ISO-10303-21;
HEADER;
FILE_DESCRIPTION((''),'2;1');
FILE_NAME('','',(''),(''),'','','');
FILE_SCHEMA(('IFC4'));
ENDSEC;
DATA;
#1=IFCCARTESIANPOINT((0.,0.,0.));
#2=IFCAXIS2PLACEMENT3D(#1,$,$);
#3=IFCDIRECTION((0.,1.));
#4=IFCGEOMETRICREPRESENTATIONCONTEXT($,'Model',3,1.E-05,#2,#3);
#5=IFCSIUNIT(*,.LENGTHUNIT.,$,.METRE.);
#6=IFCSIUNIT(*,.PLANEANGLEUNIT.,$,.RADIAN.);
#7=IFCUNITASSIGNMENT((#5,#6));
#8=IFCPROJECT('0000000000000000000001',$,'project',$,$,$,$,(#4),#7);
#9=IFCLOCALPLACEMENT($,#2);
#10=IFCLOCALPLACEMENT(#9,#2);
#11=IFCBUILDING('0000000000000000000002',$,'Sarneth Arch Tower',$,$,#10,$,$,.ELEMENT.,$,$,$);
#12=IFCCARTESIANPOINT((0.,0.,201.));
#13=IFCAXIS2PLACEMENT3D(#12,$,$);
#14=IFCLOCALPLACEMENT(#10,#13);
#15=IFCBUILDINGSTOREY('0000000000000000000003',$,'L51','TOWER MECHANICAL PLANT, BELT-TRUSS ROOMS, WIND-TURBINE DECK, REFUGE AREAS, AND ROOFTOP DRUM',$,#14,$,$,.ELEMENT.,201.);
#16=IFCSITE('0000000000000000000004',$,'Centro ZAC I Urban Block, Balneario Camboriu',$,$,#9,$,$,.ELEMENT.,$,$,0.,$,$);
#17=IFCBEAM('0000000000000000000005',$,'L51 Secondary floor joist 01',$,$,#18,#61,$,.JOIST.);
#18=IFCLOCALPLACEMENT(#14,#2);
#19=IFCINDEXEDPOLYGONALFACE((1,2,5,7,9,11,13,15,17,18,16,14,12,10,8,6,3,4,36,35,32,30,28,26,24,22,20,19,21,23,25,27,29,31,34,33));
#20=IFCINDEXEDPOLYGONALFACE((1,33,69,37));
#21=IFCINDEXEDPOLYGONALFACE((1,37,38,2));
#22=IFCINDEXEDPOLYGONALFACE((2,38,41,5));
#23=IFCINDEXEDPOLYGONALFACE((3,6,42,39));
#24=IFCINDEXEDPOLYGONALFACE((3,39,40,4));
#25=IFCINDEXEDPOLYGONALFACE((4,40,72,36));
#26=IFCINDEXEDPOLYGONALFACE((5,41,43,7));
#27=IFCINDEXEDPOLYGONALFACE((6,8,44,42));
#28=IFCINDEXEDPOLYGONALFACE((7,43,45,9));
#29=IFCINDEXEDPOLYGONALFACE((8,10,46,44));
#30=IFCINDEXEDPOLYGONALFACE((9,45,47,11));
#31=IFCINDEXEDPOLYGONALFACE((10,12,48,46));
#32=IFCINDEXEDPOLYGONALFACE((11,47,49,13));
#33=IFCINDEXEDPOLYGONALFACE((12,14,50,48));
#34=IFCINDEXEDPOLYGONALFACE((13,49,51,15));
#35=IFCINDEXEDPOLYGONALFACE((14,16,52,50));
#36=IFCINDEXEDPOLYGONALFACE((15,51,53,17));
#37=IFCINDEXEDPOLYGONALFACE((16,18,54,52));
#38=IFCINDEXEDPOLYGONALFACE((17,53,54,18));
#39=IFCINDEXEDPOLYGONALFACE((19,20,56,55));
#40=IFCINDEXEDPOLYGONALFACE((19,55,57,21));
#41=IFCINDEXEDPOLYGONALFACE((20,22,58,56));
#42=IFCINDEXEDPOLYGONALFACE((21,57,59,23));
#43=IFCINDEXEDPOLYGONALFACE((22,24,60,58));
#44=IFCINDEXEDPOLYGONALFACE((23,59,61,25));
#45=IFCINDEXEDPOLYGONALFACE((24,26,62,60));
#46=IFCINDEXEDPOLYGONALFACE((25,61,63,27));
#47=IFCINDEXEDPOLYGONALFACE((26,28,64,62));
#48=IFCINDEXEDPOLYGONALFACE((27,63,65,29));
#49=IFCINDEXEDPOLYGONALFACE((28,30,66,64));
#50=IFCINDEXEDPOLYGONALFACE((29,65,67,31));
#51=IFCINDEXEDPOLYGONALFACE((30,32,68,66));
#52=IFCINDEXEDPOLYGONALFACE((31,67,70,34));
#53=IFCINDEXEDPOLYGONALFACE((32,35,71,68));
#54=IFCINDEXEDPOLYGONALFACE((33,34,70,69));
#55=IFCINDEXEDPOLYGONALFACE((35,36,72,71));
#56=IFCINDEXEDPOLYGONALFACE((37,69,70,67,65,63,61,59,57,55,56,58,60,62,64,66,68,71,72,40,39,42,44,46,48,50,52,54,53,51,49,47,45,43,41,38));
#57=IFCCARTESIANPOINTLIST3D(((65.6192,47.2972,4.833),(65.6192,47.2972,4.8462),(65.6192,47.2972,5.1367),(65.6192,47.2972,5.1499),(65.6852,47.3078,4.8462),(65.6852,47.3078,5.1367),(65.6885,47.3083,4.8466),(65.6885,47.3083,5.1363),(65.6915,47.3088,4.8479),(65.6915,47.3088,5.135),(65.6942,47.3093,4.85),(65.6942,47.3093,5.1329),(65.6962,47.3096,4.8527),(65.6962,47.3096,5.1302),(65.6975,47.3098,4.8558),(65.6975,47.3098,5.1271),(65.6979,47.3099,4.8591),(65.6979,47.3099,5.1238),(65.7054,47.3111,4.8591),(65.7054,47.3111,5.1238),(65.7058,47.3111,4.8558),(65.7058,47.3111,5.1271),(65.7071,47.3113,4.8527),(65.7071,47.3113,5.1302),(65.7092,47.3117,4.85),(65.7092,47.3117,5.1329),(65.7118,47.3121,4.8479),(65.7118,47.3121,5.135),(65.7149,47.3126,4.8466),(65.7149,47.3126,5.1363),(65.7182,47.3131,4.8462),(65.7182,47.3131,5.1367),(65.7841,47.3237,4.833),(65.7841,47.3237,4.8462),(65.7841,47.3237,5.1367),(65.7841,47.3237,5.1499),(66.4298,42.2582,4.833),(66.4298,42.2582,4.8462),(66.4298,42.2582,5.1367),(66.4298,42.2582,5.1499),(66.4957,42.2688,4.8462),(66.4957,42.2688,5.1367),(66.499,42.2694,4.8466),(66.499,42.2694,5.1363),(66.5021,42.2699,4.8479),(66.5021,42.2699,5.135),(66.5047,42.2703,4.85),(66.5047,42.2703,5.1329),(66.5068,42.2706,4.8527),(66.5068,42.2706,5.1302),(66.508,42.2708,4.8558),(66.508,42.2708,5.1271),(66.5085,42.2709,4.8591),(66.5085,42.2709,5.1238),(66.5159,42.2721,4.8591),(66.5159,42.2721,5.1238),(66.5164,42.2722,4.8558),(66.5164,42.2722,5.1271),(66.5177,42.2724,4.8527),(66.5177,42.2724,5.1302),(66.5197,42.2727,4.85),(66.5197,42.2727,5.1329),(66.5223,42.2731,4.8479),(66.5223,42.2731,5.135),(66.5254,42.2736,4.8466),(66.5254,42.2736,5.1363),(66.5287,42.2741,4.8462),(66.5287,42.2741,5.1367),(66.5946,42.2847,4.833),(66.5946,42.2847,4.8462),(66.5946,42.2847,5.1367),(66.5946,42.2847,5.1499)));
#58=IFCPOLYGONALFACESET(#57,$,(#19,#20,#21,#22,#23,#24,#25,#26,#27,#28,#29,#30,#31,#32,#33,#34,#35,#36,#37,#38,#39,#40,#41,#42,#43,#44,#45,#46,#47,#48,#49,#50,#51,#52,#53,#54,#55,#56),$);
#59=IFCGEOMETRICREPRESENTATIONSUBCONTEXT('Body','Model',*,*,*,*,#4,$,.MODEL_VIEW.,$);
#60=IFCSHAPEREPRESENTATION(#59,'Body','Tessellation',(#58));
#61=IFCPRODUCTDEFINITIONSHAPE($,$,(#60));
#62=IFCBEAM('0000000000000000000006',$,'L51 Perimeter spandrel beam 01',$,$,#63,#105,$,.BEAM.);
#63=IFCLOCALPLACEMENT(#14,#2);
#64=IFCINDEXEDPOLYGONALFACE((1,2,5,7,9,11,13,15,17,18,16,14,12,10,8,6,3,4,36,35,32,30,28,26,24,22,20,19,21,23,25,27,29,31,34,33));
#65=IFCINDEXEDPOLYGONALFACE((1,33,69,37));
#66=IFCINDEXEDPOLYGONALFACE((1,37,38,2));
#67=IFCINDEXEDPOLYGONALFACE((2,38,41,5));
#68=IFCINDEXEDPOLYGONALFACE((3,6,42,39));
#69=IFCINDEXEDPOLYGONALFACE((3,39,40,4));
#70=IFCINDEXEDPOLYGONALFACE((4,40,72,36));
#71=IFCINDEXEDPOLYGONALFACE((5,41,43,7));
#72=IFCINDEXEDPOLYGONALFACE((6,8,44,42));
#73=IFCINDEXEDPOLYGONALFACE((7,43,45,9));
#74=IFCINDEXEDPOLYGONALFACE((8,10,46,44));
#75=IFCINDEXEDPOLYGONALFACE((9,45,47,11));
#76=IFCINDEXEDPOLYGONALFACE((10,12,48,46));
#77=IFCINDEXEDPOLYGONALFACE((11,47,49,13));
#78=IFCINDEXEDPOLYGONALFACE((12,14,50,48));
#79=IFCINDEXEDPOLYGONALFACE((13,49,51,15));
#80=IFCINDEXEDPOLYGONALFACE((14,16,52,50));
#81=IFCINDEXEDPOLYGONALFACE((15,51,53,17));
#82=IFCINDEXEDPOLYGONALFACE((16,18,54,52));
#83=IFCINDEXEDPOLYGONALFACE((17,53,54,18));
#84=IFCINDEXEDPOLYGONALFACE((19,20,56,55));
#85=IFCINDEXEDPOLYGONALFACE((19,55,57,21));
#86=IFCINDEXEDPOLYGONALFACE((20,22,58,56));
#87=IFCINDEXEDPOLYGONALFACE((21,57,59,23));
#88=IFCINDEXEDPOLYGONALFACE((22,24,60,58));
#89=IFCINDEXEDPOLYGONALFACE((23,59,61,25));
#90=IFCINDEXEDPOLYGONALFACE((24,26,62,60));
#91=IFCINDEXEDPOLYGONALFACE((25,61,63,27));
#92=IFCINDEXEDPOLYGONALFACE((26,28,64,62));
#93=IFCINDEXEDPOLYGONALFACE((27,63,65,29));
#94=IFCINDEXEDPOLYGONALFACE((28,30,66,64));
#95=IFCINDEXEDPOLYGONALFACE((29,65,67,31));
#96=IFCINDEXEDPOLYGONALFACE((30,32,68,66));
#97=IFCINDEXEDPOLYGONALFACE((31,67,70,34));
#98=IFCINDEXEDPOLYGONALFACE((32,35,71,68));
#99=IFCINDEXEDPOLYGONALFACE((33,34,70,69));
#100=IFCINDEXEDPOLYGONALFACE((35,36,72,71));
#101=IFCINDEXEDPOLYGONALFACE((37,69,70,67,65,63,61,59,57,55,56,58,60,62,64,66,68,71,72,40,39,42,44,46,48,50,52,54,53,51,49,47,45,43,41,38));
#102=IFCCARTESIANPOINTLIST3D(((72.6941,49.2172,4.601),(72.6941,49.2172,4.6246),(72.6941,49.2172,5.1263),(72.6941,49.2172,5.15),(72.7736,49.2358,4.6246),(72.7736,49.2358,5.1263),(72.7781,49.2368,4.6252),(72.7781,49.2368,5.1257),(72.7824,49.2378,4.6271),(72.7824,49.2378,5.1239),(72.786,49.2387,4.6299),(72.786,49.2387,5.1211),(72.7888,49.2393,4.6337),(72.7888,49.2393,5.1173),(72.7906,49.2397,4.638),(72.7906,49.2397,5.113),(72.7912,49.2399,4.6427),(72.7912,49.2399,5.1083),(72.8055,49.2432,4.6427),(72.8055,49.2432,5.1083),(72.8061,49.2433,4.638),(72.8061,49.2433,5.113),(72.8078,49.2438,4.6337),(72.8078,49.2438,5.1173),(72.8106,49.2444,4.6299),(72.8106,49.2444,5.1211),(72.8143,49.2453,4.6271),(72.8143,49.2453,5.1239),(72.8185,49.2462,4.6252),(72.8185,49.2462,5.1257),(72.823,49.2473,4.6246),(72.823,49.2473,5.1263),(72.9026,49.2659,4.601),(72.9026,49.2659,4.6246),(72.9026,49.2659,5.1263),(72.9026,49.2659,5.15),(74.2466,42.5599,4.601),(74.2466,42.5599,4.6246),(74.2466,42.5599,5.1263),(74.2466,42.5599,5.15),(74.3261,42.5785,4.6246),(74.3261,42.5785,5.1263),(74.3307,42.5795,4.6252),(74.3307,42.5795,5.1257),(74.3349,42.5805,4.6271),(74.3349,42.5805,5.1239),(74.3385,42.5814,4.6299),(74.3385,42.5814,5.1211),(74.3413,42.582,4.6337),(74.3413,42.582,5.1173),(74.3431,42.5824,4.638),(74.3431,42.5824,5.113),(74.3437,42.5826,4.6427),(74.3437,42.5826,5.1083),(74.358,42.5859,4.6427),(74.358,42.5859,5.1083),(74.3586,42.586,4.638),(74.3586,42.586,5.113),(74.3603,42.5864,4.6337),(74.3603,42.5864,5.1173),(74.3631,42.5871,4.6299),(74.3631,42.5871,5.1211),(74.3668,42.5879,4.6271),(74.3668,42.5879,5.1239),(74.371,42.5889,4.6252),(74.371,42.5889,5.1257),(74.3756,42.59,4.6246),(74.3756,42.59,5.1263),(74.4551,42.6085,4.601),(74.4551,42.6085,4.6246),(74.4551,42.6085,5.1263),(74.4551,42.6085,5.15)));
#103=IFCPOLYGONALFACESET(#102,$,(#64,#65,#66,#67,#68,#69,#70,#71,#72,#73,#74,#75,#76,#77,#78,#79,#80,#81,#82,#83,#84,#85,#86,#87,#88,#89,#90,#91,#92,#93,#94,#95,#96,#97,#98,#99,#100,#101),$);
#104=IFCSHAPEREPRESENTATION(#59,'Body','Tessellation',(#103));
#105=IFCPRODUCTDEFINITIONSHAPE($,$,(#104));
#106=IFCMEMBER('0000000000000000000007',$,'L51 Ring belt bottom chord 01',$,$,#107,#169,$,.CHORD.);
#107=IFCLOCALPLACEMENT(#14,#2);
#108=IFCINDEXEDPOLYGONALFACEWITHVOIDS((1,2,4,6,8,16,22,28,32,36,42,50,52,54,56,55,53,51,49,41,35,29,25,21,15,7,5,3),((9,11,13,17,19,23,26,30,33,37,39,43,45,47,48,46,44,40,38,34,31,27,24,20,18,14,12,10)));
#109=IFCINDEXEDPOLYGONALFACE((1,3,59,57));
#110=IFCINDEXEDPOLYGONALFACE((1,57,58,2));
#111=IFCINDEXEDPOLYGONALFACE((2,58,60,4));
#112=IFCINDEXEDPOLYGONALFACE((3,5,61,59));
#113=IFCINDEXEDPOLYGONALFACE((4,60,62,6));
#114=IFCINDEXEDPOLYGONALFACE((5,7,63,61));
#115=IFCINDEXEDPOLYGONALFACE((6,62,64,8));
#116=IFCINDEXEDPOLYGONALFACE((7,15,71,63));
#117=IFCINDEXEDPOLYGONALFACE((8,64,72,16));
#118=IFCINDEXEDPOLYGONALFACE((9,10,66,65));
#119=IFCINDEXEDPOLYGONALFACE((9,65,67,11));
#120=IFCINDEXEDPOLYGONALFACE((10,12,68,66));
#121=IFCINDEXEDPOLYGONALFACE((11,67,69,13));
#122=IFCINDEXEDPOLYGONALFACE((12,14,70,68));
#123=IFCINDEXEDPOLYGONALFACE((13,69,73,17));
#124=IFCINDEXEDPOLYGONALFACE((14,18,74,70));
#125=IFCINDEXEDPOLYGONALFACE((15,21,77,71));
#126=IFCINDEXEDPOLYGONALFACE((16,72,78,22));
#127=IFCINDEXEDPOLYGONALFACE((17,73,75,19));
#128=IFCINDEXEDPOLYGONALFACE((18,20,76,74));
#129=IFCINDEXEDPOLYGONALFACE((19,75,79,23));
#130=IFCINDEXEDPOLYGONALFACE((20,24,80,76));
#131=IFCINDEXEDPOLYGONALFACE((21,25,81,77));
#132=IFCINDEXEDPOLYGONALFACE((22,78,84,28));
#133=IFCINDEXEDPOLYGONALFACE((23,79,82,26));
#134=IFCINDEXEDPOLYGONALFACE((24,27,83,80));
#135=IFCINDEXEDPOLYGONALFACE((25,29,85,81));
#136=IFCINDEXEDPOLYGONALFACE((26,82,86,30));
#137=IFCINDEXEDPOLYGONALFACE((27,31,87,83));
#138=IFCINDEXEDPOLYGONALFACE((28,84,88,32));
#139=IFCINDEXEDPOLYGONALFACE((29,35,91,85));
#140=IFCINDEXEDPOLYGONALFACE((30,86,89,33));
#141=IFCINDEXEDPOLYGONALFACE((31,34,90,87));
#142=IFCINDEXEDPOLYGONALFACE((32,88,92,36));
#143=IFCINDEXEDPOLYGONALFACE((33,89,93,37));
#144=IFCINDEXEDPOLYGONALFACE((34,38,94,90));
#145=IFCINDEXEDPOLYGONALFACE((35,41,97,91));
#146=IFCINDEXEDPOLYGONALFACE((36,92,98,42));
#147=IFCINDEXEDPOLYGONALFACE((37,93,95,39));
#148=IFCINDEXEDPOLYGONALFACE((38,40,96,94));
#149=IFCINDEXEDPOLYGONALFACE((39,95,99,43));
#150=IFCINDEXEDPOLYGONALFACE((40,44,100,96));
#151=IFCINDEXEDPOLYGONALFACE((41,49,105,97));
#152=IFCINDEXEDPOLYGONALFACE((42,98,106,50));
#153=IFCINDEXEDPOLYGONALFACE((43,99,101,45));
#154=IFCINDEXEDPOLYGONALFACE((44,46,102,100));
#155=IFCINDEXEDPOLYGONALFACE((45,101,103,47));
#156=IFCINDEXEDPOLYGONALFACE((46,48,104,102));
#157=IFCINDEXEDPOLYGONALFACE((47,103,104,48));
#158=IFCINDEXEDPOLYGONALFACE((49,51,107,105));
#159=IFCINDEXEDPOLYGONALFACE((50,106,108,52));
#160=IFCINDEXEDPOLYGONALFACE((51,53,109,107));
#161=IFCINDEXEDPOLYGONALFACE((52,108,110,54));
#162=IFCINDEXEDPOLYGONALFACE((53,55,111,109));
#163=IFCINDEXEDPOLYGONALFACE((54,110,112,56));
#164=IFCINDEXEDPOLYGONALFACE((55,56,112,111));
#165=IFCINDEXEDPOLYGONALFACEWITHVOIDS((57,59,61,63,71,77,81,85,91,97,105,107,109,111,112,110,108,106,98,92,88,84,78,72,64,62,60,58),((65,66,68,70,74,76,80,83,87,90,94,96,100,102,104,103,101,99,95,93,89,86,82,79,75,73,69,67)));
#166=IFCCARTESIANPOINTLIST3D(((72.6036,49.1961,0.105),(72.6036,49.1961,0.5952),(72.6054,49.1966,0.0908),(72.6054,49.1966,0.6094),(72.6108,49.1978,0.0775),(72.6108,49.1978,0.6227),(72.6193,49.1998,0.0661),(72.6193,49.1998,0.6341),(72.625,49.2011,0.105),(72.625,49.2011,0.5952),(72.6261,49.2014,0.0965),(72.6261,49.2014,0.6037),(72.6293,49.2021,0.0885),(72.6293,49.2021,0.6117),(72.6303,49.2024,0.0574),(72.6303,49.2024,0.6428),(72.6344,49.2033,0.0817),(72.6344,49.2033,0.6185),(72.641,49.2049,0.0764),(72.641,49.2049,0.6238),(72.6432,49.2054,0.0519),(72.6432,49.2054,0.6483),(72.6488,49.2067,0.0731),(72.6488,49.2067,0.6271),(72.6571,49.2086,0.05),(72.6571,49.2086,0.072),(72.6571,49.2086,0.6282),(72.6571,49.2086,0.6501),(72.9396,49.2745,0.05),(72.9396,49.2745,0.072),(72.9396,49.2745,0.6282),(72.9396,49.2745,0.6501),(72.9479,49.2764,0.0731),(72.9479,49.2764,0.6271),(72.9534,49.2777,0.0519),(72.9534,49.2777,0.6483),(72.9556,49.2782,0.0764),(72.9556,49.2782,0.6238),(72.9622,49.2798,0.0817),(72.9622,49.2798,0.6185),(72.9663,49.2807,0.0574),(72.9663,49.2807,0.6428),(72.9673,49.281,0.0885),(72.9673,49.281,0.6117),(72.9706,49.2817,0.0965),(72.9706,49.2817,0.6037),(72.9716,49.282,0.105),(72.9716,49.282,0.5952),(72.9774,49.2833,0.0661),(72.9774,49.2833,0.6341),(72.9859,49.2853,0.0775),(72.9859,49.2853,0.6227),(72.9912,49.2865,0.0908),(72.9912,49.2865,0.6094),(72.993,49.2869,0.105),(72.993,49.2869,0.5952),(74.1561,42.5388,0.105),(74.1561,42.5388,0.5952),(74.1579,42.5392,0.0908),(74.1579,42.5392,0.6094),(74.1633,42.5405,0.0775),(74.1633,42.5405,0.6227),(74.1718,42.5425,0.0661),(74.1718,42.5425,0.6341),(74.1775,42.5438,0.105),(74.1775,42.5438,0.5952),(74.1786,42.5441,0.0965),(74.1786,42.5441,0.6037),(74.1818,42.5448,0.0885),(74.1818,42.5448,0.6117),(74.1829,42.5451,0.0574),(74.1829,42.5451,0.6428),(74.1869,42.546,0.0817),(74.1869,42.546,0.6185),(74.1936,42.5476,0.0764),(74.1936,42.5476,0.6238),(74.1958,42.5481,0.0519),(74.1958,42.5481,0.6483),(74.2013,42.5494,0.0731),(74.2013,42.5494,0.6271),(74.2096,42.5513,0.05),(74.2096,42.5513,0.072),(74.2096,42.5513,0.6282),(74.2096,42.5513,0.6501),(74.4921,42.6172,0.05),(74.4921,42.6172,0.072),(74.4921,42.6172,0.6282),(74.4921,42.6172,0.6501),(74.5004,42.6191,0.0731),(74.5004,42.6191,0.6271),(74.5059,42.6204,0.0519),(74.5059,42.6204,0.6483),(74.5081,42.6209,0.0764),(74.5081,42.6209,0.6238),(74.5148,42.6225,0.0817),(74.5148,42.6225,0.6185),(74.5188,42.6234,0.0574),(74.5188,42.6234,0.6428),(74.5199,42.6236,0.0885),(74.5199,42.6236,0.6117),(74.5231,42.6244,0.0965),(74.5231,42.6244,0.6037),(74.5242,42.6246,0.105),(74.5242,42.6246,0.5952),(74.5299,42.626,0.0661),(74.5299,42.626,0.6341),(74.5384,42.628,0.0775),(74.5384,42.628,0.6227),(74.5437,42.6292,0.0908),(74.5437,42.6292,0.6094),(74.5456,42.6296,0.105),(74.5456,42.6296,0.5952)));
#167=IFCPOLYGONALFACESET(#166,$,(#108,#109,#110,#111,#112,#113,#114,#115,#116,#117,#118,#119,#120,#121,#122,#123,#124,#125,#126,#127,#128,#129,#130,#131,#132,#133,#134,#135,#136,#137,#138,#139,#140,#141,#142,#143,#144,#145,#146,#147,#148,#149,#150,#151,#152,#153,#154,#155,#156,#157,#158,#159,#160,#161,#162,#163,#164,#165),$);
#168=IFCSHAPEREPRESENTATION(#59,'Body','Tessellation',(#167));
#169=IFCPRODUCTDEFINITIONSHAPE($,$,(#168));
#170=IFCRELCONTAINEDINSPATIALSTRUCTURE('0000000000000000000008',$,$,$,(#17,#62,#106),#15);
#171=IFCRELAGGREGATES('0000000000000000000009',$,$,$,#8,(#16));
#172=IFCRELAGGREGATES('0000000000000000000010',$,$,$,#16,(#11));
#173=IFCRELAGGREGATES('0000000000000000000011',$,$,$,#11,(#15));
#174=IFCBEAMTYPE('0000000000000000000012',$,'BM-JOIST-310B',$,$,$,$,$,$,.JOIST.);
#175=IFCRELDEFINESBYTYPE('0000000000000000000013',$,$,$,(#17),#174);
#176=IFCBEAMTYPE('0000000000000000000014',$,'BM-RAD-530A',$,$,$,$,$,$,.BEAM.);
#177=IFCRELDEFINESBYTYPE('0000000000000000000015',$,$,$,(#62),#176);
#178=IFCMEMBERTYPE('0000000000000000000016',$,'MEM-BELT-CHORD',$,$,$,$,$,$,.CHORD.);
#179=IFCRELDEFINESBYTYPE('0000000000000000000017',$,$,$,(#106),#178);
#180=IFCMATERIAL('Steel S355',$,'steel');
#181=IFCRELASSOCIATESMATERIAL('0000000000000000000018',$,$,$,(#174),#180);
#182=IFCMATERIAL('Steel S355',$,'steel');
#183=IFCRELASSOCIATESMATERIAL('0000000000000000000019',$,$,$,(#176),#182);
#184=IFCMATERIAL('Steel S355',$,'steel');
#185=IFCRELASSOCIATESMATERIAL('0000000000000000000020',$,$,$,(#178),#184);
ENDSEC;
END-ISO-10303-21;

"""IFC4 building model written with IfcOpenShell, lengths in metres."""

from ifc_helpers import new_model, si_unit, direction, frame, origin, origin_2d, place, context, subcontext, project, spatial, hollow_rectangle, i_section, extrude, material, material_profile, profile_set, type_object, element, save


model = new_model("IFC4")

# Units and contexts
model_context = context("Model", 3, precision=1e-05, world=origin(), true_north=direction((0.0, 1.0)))
body_context = subcontext(model_context, "Body", "Model", "MODEL_VIEW")
ifc_project = project(units=[si_unit("LENGTHUNIT", "METRE"), si_unit("PLANEANGLEUNIT", "RADIAN")], contexts=[model_context])

# Site, building, storey
site_placement = place(None, origin())
site = spatial("IfcSite", under=ifc_project, at=site_placement, Name="Centro ZAC I Urban Block, Balneario Camboriu", CompositionType="ELEMENT", RefElevation=0.0)
building_placement = place(site_placement, origin())
building = spatial("IfcBuilding", under=site, at=building_placement, Name="Sarneth Arch Tower", CompositionType="ELEMENT")
storey_placement = place(building_placement, frame((0.0, 0.0, 201.0)))
storey = spatial("IfcBuildingStorey", under=building, at=storey_placement, Name="L51", Description="TOWER MECHANICAL PLANT, BELT-TRUSS ROOMS, WIND-TURBINE DECK, REFUGE AREAS, AND ROOFTOP DRUM", CompositionType="ELEMENT", Elevation=201.0)

# Beams
ifc_material_1 = material(Name="Steel S355", Category="steel")
ifc_material_profile_1 = material_profile(ifc_material_1, i_section(OverallWidth=0.167, OverallDepth=0.3169, WebThickness=0.0076, FlangeThickness=0.0132, FilletRadius=0.0129, at=origin_2d()), Name="W310x52")
ifc_profile_set_1 = profile_set([ifc_material_profile_1], Name="Steel S355")
beam_type_1 = type_object("IfcBeamType", Name="BM-JOIST-310B", PredefinedType="JOIST", material=ifc_profile_set_1)
beam_1_placement = place(storey_placement, frame((66.5122, 42.2715, 4.9915), z_axis=(-0.158811, 0.987309, 0.0), x_axis=(-0.987309, -0.158811, 0.0)))
element("IfcBeam", 1, at=beam_1_placement, inside=storey, type_object=beam_type_1, Name="L51 Secondary floor joist 01", PredefinedType="JOIST", context=body_context, shape_type="SweptSolid", body=[
    extrude(i_section(OverallWidth=0.167, OverallDepth=0.3169, WebThickness=0.0076, FlangeThickness=0.0132, FilletRadius=0.0129, at=origin_2d()), origin(), (0.0, 0.0, 1.0), 5.1038),
])
ifc_material_2 = material(Name="Steel S355", Category="steel")
ifc_material_profile_2 = material_profile(ifc_material_2, i_section(OverallWidth=0.2141, OverallDepth=0.5491, WebThickness=0.0146, FlangeThickness=0.0237, FilletRadius=0.0181, at=origin_2d()), Name="W530x138")
ifc_profile_set_2 = profile_set([ifc_material_profile_2], Name="Steel S355")
beam_type_2 = type_object("IfcBeamType", Name="BM-RAD-530A", PredefinedType="BEAM", material=ifc_profile_set_2)
beam_2_placement = place(storey_placement, frame((74.3508, 42.5842, 4.8755), z_axis=(-0.22711, 0.973869, 0.0), x_axis=(-0.973869, -0.22711, 0.0)))
element("IfcBeam", 2, at=beam_2_placement, inside=storey, type_object=beam_type_2, Name="L51 Perimeter spandrel beam 01", PredefinedType="BEAM", context=body_context, shape_type="SweptSolid", body=[
    extrude(i_section(OverallWidth=0.2141, OverallDepth=0.5491, WebThickness=0.0146, FlangeThickness=0.0237, FilletRadius=0.0181, at=origin_2d()), origin(), (0.0, 0.0, 1.0), 6.8359),
])

# Member
ifc_material_3 = material(Name="Steel S355", Category="steel")
ifc_material_profile_3 = material_profile(ifc_material_3, hollow_rectangle(XDim=0.3999, YDim=0.6001, WallThickness=0.022, InnerFilletRadius=0.033, OuterFilletRadius=0.0549, at=origin_2d()), Name="RHS600x400x22")
ifc_profile_set_3 = profile_set([ifc_material_profile_3], Name="Steel S355")
member_type_1 = type_object("IfcMemberType", Name="MEM-BELT-CHORD", PredefinedType="CHORD", material=ifc_profile_set_3)
member_1_placement = place(storey_placement, frame((74.3508, 42.5842, 0.3501), z_axis=(-0.22711, 0.973869, 0.0), x_axis=(-0.973869, -0.22711, 0.0)))
element("IfcMember", 3, at=member_1_placement, inside=storey, type_object=member_type_1, Name="L51 Ring belt bottom chord 01", PredefinedType="CHORD", context=body_context, shape_type="SweptSolid", body=[
    extrude(hollow_rectangle(XDim=0.3999, YDim=0.6001, WallThickness=0.022, InnerFilletRadius=0.033, OuterFilletRadius=0.0549, at=origin_2d()), origin(), (0.0, 0.0, 1.0), 6.8359),
])

save(model, "model.ifc")
